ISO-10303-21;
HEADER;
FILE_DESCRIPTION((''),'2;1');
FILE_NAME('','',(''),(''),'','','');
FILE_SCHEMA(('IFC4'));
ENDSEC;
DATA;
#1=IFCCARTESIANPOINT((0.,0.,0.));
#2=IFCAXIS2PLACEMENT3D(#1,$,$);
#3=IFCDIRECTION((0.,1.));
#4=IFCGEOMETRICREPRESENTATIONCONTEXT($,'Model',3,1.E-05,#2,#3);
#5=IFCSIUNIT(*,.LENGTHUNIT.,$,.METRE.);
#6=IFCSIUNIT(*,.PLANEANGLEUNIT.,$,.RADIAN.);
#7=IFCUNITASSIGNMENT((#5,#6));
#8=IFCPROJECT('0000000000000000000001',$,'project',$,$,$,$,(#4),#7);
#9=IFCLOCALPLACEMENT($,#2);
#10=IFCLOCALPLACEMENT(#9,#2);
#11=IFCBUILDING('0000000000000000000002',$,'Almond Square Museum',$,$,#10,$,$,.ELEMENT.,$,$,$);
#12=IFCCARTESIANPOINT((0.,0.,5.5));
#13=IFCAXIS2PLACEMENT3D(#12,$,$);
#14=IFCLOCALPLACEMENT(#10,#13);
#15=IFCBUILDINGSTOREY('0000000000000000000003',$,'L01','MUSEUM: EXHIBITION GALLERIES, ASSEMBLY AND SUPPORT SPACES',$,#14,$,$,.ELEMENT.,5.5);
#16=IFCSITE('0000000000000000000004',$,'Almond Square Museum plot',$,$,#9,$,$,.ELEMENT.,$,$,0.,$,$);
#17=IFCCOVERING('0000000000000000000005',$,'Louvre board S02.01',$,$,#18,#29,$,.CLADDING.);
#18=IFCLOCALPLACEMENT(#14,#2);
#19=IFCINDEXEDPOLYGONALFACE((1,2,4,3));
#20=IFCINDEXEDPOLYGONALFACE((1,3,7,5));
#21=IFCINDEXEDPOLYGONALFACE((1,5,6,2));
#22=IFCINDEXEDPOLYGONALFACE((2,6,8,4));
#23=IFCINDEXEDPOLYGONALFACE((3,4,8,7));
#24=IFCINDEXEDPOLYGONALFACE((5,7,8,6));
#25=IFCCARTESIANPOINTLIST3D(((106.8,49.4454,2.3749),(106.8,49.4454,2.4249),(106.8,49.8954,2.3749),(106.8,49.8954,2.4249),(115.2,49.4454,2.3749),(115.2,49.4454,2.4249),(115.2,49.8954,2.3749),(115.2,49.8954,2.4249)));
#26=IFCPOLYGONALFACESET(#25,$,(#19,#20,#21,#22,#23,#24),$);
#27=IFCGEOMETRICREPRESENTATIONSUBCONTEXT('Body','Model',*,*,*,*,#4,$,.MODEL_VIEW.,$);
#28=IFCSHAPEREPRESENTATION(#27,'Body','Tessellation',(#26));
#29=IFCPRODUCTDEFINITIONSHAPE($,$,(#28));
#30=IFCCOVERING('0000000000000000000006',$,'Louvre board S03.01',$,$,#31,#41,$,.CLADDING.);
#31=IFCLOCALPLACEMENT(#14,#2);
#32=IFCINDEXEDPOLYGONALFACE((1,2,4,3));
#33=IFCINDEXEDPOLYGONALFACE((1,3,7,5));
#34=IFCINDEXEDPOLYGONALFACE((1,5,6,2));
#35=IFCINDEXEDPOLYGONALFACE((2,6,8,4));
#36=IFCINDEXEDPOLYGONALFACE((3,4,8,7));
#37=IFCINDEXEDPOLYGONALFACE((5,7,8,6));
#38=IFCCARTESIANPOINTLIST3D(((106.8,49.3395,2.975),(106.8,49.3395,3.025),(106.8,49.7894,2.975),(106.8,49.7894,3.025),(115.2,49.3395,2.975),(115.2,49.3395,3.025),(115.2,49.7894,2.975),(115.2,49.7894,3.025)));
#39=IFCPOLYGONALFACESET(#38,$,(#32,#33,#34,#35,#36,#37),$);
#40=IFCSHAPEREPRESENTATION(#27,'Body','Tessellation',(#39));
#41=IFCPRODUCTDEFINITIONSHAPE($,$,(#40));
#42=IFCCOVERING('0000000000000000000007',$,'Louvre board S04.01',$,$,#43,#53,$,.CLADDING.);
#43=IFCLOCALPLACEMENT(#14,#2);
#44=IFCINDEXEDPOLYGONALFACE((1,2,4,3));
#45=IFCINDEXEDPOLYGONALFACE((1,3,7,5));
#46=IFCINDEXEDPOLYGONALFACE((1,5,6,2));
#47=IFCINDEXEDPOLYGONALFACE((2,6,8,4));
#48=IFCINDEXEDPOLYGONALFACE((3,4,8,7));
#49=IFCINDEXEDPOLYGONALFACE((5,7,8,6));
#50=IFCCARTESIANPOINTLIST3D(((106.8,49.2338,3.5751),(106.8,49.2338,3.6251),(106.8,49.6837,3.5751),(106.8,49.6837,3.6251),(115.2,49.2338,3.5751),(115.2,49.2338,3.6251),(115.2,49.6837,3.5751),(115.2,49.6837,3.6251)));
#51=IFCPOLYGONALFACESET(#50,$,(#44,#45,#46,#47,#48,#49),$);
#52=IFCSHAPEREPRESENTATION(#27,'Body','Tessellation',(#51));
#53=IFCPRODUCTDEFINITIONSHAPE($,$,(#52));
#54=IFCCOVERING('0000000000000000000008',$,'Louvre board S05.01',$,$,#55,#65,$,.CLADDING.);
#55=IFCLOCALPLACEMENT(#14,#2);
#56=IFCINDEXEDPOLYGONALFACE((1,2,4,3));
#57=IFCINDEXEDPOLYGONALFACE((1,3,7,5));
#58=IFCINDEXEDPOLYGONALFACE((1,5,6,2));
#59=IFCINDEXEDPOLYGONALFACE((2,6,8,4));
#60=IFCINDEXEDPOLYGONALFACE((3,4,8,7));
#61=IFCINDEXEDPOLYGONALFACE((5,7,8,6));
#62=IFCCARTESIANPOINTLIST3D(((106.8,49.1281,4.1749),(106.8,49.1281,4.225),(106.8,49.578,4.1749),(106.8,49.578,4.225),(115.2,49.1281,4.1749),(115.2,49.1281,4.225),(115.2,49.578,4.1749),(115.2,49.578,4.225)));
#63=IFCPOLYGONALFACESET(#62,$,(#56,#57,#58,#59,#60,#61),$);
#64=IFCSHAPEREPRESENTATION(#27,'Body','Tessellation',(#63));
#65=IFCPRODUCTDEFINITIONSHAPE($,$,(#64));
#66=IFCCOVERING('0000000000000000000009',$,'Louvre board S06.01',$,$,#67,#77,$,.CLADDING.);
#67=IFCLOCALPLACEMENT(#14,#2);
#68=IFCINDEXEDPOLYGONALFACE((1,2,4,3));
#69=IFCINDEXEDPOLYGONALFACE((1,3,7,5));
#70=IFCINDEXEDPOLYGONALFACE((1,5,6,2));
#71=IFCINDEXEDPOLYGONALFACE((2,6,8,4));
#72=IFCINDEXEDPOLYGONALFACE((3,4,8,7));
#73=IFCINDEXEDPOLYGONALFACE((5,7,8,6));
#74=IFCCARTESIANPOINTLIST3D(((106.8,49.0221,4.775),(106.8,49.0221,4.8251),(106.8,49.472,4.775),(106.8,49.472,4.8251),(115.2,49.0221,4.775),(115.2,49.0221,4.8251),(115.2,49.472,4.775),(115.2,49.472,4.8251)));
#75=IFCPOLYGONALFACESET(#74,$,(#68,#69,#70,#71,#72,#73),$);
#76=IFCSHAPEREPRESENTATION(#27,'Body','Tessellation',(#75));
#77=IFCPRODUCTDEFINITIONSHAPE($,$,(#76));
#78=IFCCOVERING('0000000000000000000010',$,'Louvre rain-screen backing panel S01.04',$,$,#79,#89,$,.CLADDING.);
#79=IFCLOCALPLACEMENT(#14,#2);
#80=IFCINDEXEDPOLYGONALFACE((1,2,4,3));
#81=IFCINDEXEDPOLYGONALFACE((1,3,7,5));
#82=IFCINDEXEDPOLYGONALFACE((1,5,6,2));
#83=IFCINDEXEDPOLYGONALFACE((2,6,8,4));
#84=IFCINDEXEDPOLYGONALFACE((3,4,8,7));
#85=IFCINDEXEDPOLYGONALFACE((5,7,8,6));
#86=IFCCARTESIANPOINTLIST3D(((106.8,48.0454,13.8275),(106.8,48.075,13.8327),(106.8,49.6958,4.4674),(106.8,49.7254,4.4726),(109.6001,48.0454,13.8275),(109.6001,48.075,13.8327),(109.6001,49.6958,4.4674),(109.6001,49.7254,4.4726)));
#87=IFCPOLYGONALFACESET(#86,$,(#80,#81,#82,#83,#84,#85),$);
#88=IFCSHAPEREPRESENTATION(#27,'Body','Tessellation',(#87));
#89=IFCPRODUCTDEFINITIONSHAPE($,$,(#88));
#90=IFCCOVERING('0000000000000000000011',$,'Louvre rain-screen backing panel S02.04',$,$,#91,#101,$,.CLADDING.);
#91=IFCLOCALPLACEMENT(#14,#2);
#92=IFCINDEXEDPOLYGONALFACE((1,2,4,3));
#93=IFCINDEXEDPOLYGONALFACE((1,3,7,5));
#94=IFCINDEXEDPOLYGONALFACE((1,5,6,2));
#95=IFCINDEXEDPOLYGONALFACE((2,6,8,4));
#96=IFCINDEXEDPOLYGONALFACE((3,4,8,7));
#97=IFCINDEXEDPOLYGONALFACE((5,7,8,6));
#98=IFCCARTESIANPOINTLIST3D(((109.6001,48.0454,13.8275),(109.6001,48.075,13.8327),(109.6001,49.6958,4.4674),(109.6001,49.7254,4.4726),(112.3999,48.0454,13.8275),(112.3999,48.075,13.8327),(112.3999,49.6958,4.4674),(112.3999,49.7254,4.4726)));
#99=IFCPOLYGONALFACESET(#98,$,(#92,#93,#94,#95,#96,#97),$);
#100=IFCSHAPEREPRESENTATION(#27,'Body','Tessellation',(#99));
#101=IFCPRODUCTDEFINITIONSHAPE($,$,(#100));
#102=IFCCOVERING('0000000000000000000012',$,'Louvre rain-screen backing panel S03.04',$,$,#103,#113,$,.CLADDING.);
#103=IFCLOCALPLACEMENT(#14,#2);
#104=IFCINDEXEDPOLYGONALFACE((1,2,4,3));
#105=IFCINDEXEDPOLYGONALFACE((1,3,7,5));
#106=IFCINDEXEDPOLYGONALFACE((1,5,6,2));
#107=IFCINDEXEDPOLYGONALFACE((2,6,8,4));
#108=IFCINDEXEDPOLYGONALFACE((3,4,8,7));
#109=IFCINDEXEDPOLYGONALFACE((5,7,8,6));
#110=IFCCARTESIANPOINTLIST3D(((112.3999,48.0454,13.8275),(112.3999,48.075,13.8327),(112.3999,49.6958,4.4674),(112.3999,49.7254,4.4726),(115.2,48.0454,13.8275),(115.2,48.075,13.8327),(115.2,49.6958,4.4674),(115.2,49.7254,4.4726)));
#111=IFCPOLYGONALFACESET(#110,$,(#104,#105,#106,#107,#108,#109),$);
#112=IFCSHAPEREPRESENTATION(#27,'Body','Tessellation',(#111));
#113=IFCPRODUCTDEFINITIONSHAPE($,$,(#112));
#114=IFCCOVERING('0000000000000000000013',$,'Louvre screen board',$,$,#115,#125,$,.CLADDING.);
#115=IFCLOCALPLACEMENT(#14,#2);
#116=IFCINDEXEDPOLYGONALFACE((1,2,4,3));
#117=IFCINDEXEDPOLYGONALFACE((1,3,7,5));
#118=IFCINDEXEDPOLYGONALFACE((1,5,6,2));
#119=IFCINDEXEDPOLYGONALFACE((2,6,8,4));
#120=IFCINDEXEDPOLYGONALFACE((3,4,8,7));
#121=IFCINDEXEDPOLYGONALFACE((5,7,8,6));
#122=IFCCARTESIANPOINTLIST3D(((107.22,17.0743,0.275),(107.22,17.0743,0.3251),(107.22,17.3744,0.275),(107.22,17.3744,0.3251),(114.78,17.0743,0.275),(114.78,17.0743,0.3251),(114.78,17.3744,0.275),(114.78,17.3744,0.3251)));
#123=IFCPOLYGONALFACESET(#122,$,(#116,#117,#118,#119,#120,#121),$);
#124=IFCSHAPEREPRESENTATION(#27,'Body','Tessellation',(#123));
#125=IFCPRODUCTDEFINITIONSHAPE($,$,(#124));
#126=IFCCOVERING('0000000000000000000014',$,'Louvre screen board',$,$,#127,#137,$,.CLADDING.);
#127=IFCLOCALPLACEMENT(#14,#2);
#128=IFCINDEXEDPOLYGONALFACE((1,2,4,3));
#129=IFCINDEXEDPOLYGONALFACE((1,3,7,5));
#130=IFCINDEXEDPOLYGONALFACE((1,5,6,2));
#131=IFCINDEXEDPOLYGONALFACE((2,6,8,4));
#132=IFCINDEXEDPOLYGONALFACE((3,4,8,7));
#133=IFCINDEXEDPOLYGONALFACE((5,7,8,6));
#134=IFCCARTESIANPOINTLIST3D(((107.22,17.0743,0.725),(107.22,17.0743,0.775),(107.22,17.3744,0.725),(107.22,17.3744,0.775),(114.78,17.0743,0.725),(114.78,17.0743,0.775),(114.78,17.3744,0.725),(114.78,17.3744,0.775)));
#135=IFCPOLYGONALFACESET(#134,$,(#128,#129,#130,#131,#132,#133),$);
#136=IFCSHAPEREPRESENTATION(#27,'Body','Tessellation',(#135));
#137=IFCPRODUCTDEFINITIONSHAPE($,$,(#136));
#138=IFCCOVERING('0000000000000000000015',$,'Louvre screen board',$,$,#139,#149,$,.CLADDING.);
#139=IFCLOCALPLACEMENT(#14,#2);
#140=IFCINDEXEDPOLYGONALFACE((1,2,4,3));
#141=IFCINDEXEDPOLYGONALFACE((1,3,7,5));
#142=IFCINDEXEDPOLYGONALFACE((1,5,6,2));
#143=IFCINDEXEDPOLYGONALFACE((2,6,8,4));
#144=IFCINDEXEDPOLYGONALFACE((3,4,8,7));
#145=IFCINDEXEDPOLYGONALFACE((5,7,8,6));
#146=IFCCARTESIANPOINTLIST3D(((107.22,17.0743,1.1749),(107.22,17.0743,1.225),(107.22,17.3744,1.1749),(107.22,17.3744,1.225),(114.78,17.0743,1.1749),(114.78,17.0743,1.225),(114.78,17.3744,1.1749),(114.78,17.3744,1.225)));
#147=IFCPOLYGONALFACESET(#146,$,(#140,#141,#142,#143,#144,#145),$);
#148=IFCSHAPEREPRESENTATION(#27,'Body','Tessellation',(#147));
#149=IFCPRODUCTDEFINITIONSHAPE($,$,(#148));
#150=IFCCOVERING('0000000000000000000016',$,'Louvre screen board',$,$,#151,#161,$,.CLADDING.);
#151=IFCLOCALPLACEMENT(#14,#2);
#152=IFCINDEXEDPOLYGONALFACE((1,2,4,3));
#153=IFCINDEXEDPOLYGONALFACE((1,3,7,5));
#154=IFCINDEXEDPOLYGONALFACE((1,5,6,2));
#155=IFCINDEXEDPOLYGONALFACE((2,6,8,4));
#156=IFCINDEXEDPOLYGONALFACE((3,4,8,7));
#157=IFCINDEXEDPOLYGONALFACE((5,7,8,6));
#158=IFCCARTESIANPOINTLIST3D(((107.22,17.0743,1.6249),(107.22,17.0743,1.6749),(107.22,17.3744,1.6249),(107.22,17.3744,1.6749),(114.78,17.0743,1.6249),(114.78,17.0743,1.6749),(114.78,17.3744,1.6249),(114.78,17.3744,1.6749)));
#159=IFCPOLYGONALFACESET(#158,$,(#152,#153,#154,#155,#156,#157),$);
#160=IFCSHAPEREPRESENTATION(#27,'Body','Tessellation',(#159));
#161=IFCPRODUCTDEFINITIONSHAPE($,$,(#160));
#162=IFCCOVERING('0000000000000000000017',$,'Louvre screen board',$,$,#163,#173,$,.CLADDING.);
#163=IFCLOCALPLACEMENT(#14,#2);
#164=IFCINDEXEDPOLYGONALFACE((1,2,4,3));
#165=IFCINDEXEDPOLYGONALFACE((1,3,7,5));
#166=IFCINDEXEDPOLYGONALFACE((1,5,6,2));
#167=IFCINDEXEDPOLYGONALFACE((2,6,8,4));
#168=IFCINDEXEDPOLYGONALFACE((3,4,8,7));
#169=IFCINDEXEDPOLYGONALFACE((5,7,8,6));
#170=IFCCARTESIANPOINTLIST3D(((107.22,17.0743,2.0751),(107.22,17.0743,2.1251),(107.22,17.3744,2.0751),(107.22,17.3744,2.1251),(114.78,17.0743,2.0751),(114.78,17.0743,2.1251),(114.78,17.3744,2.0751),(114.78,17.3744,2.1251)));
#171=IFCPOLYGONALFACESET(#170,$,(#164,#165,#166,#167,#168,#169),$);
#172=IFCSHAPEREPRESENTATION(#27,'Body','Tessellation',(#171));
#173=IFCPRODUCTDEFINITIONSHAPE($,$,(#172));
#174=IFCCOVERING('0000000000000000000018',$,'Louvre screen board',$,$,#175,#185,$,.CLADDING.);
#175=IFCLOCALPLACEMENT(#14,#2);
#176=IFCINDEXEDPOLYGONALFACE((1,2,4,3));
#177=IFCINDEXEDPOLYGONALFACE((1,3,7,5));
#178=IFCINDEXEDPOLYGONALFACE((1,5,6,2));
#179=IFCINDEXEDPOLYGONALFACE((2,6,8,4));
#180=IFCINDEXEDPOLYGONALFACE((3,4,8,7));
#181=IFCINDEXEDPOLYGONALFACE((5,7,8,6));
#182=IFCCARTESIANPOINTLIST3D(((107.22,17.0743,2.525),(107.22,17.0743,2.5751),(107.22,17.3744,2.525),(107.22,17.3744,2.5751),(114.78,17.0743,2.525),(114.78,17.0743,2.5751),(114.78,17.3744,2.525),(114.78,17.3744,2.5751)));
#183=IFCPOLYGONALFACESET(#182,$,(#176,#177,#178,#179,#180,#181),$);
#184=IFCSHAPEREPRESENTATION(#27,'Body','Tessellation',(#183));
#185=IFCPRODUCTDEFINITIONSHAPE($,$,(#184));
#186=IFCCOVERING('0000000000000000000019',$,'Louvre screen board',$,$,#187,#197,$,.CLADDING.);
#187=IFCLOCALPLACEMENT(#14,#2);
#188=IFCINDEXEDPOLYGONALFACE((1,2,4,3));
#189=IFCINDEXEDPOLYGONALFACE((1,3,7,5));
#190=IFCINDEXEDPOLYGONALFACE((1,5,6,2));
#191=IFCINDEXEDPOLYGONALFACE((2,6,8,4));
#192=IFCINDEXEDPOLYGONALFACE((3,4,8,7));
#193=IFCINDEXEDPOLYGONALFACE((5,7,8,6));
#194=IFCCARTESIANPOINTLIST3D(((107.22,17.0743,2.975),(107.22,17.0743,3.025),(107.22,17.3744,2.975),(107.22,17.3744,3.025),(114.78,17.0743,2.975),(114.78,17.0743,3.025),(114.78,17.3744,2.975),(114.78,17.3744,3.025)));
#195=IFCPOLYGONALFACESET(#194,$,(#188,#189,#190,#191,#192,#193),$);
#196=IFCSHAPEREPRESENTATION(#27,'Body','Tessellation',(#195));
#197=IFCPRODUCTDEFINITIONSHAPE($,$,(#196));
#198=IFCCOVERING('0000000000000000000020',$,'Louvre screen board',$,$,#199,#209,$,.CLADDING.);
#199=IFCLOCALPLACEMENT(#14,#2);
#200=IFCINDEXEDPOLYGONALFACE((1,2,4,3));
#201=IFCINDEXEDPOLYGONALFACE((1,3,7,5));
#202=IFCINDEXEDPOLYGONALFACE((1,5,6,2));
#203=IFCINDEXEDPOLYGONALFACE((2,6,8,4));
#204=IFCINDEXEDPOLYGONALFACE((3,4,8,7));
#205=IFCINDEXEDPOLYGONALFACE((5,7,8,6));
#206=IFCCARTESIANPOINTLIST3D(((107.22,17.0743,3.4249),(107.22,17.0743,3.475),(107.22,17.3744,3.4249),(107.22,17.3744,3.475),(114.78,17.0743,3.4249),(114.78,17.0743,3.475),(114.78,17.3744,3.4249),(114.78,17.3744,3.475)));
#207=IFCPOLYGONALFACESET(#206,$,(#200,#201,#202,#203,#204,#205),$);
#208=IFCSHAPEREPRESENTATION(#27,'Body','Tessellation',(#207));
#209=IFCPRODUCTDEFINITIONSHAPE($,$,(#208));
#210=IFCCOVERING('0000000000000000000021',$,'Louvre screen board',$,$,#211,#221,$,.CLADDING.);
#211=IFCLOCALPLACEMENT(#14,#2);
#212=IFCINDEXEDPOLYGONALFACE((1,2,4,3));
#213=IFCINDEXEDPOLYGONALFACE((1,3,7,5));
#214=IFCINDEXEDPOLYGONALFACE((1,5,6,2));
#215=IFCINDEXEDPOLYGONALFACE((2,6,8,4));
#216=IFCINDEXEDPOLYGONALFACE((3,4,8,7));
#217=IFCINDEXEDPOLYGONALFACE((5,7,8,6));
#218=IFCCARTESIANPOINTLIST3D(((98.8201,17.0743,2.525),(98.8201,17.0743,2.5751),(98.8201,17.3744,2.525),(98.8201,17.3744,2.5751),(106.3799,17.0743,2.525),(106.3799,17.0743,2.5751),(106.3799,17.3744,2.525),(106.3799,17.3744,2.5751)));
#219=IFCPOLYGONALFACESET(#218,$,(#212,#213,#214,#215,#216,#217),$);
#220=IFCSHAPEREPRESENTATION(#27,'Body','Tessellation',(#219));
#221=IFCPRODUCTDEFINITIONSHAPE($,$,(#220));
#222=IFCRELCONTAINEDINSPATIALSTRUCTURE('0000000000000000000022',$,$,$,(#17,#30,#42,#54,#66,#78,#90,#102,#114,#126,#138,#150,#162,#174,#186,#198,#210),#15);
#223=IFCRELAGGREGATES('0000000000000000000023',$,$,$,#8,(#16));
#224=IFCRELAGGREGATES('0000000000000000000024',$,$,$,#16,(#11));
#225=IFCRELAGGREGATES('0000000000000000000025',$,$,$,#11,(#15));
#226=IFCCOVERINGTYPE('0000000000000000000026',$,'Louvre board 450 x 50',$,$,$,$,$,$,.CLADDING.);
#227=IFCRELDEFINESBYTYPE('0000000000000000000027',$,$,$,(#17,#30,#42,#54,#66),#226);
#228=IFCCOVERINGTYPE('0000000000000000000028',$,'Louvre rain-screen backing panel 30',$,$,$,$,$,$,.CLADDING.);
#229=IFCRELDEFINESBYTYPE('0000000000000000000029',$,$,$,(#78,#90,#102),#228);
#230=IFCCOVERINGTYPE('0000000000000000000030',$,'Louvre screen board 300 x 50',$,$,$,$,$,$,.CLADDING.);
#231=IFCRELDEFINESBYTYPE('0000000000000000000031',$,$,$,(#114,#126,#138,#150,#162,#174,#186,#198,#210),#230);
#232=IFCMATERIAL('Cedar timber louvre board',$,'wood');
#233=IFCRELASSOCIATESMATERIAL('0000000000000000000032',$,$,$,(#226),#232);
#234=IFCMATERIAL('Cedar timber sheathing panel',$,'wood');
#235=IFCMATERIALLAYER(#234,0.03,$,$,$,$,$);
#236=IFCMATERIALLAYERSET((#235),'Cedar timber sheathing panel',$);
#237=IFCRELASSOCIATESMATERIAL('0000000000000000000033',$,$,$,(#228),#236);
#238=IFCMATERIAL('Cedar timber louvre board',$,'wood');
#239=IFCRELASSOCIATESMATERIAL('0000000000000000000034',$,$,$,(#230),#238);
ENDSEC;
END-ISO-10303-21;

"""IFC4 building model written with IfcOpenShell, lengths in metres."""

from ifc_helpers import new_model, si_unit, direction, frame, origin, origin_2d, place, context, subcontext, project, spatial, polyline, rectangle, outline, extrude, material, layer, layer_set, material_profile, profile_set, type_object, element, save


model = new_model("IFC4")

# Units and contexts
model_context = context("Model", 3, precision=1e-05, world=origin(), true_north=direction((0.0, 1.0)))
body_context = subcontext(model_context, "Body", "Model", "MODEL_VIEW")
ifc_project = project(units=[si_unit("LENGTHUNIT", "METRE"), si_unit("PLANEANGLEUNIT", "RADIAN")], contexts=[model_context])

# Site, building, storey
site_placement = place(None, origin())
site = spatial("IfcSite", under=ifc_project, at=site_placement, Name="Almond Square Museum plot", CompositionType="ELEMENT", RefElevation=0.0)
building_placement = place(site_placement, origin())
building = spatial("IfcBuilding", under=site, at=building_placement, Name="Almond Square Museum", CompositionType="ELEMENT")
storey_placement = place(building_placement, frame((0.0, 0.0, 5.5)))
storey = spatial("IfcBuildingStorey", under=building, at=storey_placement, Name="L01", Description="MUSEUM: EXHIBITION GALLERIES, ASSEMBLY AND SUPPORT SPACES", CompositionType="ELEMENT", Elevation=5.5)

# Coverings
ifc_material_1 = material(Name="Cedar timber louvre board", Category="wood")
ifc_material_profile_1 = material_profile(ifc_material_1, rectangle(XDim=0.45, YDim=0.05, at=origin_2d()))
ifc_profile_set_1 = profile_set([ifc_material_profile_1], Name="Cedar timber louvre board")
covering_type_1 = type_object("IfcCoveringType", Name="Louvre board 450 x 50", PredefinedType="CLADDING", material=ifc_profile_set_1)
for number, where, z_axis, x_axis, name in (
    (1, (106.8, 49.6704, 2.3999), (1.0, 0.0, 0.0), (0.0, 1.0, 0.0), "Louvre board S02.01"),
    (2, (106.8, 49.5645, 3.0), (1.0, 0.0, 0.0), (0.0, 1.0, 0.0), "Louvre board S03.01"),
    (3, (106.8, 49.4587, 3.6001), (1.0, 0.0, 0.0), (0.0, 1.0, 0.0), "Louvre board S04.01"),
    (4, (106.8, 49.353, 4.2), (1.0, 0.0, 0.0), (0.0, 1.0, 0.0), "Louvre board S05.01"),
    (5, (106.8, 49.2471, 4.8), (1.0, 0.0, 0.0), (0.0, 1.0, 0.0), "Louvre board S06.01"),
):
    element("IfcCovering", number, at=place(storey_placement, frame(where, z_axis=z_axis, x_axis=x_axis)), inside=storey, type_object=covering_type_1, Name=name, PredefinedType="CLADDING", context=body_context, shape_type="SweptSolid", body=[
        extrude(rectangle(XDim=0.45, YDim=0.05, at=origin_2d()), origin(), (0.0, 0.0, 1.0), 8.3999),
    ])
ifc_material_2 = material(Name="Cedar timber sheathing panel", Category="wood")
ifc_layer = layer(ifc_material_2, 0.03)
ifc_layer_set = layer_set([ifc_layer], Name="Cedar timber sheathing panel")
covering_type_2 = type_object("IfcCoveringType", Name="Louvre rain-screen backing panel 30", PredefinedType="CLADDING", material=ifc_layer_set)
covering_1_placement = place(storey_placement, frame((106.8, 49.7104, 4.47), z_axis=(0.0, -0.984809, -0.173643), x_axis=(1.0, 0.0, 0.0)))
element("IfcCovering", 6, at=covering_1_placement, inside=storey, type_object=covering_type_2, Name="Louvre rain-screen backing panel S01.04", PredefinedType="CLADDING", context=body_context, shape_type="SweptSolid", body=[
    extrude(outline(polyline([(0.0, 0.0), (2.8, 0.0), (2.8, 9.5045), (0.0, 9.5045), (0.0, 0.0)])), frame((0.0, 0.0, -0.0151)), (0.0, 0.0, 1.0), 0.03),
])
covering_2_placement = place(storey_placement, frame((109.6001, 49.7104, 4.47), z_axis=(0.0, -0.984809, -0.173643), x_axis=(1.0, 0.0, 0.0)))
element("IfcCovering", 7, at=covering_2_placement, inside=storey, type_object=covering_type_2, Name="Louvre rain-screen backing panel S02.04", PredefinedType="CLADDING", context=body_context, shape_type="SweptSolid", body=[
    extrude(outline(polyline([(0.0, 0.0), (2.7998, 0.0), (2.7998, 9.5045), (0.0, 9.5045), (0.0, 0.0)])), frame((0.0, 0.0, -0.0151)), (0.0, 0.0, 1.0), 0.03),
])
covering_3_placement = place(storey_placement, frame((112.3999, 49.7104, 4.47), z_axis=(0.0, -0.984809, -0.173643), x_axis=(1.0, 0.0, 0.0)))
element("IfcCovering", 8, at=covering_3_placement, inside=storey, type_object=covering_type_2, Name="Louvre rain-screen backing panel S03.04", PredefinedType="CLADDING", context=body_context, shape_type="SweptSolid", body=[
    extrude(outline(polyline([(0.0, 0.0), (2.8, 0.0), (2.8, 9.5045), (0.0, 9.5045), (0.0, 0.0)])), frame((0.0, 0.0, -0.0151)), (0.0, 0.0, 1.0), 0.03),
])
ifc_material_3 = material(Name="Cedar timber louvre board", Category="wood")
ifc_material_profile_2 = material_profile(ifc_material_3, rectangle(XDim=0.3, YDim=0.05, at=origin_2d()))
ifc_profile_set_2 = profile_set([ifc_material_profile_2], Name="Cedar timber louvre board")
covering_type_3 = type_object("IfcCoveringType", Name="Louvre screen board 300 x 50", PredefinedType="CLADDING", material=ifc_profile_set_2)
for number, where, z_axis, x_axis, name in (
    (9, (107.22, 17.2244, 0.3), (1.0, 0.0, 0.0), (0.0, 1.0, 0.0), "Louvre screen board"),
    (10, (107.22, 17.2244, 0.75), (1.0, 0.0, 0.0), (0.0, 1.0, 0.0), "Louvre screen board"),
    (11, (107.22, 17.2244, 1.2), (1.0, 0.0, 0.0), (0.0, 1.0, 0.0), "Louvre screen board"),
    (12, (107.22, 17.2244, 1.6499), (1.0, 0.0, 0.0), (0.0, 1.0, 0.0), "Louvre screen board"),
    (13, (107.22, 17.2244, 2.1001), (1.0, 0.0, 0.0), (0.0, 1.0, 0.0), "Louvre screen board"),
    (14, (107.22, 17.2244, 2.55), (1.0, 0.0, 0.0), (0.0, 1.0, 0.0), "Louvre screen board"),
    (15, (107.22, 17.2244, 3.0), (1.0, 0.0, 0.0), (0.0, 1.0, 0.0), "Louvre screen board"),
    (16, (107.22, 17.2244, 3.45), (1.0, 0.0, 0.0), (0.0, 1.0, 0.0), "Louvre screen board"),
):
    element("IfcCovering", number, at=place(storey_placement, frame(where, z_axis=z_axis, x_axis=x_axis)), inside=storey, type_object=covering_type_3, Name=name, PredefinedType="CLADDING", context=body_context, shape_type="SweptSolid", body=[
        extrude(rectangle(XDim=0.3, YDim=0.05, at=origin_2d()), origin(), (0.0, 0.0, 1.0), 7.5601),
    ])
for number, where, z_axis, x_axis, name in (
    (17, (98.8201, 17.2244, 2.55), (1.0, 0.0, 0.0), (0.0, 1.0, 0.0), "Louvre screen board"),
):
    element("IfcCovering", number, at=place(storey_placement, frame(where, z_axis=z_axis, x_axis=x_axis)), inside=storey, type_object=covering_type_3, Name=name, PredefinedType="CLADDING", context=body_context, shape_type="SweptSolid", body=[
        extrude(rectangle(XDim=0.3, YDim=0.05, at=origin_2d()), origin(), (0.0, 0.0, 1.0), 7.5598),
    ])

save(model, "model.ifc")
